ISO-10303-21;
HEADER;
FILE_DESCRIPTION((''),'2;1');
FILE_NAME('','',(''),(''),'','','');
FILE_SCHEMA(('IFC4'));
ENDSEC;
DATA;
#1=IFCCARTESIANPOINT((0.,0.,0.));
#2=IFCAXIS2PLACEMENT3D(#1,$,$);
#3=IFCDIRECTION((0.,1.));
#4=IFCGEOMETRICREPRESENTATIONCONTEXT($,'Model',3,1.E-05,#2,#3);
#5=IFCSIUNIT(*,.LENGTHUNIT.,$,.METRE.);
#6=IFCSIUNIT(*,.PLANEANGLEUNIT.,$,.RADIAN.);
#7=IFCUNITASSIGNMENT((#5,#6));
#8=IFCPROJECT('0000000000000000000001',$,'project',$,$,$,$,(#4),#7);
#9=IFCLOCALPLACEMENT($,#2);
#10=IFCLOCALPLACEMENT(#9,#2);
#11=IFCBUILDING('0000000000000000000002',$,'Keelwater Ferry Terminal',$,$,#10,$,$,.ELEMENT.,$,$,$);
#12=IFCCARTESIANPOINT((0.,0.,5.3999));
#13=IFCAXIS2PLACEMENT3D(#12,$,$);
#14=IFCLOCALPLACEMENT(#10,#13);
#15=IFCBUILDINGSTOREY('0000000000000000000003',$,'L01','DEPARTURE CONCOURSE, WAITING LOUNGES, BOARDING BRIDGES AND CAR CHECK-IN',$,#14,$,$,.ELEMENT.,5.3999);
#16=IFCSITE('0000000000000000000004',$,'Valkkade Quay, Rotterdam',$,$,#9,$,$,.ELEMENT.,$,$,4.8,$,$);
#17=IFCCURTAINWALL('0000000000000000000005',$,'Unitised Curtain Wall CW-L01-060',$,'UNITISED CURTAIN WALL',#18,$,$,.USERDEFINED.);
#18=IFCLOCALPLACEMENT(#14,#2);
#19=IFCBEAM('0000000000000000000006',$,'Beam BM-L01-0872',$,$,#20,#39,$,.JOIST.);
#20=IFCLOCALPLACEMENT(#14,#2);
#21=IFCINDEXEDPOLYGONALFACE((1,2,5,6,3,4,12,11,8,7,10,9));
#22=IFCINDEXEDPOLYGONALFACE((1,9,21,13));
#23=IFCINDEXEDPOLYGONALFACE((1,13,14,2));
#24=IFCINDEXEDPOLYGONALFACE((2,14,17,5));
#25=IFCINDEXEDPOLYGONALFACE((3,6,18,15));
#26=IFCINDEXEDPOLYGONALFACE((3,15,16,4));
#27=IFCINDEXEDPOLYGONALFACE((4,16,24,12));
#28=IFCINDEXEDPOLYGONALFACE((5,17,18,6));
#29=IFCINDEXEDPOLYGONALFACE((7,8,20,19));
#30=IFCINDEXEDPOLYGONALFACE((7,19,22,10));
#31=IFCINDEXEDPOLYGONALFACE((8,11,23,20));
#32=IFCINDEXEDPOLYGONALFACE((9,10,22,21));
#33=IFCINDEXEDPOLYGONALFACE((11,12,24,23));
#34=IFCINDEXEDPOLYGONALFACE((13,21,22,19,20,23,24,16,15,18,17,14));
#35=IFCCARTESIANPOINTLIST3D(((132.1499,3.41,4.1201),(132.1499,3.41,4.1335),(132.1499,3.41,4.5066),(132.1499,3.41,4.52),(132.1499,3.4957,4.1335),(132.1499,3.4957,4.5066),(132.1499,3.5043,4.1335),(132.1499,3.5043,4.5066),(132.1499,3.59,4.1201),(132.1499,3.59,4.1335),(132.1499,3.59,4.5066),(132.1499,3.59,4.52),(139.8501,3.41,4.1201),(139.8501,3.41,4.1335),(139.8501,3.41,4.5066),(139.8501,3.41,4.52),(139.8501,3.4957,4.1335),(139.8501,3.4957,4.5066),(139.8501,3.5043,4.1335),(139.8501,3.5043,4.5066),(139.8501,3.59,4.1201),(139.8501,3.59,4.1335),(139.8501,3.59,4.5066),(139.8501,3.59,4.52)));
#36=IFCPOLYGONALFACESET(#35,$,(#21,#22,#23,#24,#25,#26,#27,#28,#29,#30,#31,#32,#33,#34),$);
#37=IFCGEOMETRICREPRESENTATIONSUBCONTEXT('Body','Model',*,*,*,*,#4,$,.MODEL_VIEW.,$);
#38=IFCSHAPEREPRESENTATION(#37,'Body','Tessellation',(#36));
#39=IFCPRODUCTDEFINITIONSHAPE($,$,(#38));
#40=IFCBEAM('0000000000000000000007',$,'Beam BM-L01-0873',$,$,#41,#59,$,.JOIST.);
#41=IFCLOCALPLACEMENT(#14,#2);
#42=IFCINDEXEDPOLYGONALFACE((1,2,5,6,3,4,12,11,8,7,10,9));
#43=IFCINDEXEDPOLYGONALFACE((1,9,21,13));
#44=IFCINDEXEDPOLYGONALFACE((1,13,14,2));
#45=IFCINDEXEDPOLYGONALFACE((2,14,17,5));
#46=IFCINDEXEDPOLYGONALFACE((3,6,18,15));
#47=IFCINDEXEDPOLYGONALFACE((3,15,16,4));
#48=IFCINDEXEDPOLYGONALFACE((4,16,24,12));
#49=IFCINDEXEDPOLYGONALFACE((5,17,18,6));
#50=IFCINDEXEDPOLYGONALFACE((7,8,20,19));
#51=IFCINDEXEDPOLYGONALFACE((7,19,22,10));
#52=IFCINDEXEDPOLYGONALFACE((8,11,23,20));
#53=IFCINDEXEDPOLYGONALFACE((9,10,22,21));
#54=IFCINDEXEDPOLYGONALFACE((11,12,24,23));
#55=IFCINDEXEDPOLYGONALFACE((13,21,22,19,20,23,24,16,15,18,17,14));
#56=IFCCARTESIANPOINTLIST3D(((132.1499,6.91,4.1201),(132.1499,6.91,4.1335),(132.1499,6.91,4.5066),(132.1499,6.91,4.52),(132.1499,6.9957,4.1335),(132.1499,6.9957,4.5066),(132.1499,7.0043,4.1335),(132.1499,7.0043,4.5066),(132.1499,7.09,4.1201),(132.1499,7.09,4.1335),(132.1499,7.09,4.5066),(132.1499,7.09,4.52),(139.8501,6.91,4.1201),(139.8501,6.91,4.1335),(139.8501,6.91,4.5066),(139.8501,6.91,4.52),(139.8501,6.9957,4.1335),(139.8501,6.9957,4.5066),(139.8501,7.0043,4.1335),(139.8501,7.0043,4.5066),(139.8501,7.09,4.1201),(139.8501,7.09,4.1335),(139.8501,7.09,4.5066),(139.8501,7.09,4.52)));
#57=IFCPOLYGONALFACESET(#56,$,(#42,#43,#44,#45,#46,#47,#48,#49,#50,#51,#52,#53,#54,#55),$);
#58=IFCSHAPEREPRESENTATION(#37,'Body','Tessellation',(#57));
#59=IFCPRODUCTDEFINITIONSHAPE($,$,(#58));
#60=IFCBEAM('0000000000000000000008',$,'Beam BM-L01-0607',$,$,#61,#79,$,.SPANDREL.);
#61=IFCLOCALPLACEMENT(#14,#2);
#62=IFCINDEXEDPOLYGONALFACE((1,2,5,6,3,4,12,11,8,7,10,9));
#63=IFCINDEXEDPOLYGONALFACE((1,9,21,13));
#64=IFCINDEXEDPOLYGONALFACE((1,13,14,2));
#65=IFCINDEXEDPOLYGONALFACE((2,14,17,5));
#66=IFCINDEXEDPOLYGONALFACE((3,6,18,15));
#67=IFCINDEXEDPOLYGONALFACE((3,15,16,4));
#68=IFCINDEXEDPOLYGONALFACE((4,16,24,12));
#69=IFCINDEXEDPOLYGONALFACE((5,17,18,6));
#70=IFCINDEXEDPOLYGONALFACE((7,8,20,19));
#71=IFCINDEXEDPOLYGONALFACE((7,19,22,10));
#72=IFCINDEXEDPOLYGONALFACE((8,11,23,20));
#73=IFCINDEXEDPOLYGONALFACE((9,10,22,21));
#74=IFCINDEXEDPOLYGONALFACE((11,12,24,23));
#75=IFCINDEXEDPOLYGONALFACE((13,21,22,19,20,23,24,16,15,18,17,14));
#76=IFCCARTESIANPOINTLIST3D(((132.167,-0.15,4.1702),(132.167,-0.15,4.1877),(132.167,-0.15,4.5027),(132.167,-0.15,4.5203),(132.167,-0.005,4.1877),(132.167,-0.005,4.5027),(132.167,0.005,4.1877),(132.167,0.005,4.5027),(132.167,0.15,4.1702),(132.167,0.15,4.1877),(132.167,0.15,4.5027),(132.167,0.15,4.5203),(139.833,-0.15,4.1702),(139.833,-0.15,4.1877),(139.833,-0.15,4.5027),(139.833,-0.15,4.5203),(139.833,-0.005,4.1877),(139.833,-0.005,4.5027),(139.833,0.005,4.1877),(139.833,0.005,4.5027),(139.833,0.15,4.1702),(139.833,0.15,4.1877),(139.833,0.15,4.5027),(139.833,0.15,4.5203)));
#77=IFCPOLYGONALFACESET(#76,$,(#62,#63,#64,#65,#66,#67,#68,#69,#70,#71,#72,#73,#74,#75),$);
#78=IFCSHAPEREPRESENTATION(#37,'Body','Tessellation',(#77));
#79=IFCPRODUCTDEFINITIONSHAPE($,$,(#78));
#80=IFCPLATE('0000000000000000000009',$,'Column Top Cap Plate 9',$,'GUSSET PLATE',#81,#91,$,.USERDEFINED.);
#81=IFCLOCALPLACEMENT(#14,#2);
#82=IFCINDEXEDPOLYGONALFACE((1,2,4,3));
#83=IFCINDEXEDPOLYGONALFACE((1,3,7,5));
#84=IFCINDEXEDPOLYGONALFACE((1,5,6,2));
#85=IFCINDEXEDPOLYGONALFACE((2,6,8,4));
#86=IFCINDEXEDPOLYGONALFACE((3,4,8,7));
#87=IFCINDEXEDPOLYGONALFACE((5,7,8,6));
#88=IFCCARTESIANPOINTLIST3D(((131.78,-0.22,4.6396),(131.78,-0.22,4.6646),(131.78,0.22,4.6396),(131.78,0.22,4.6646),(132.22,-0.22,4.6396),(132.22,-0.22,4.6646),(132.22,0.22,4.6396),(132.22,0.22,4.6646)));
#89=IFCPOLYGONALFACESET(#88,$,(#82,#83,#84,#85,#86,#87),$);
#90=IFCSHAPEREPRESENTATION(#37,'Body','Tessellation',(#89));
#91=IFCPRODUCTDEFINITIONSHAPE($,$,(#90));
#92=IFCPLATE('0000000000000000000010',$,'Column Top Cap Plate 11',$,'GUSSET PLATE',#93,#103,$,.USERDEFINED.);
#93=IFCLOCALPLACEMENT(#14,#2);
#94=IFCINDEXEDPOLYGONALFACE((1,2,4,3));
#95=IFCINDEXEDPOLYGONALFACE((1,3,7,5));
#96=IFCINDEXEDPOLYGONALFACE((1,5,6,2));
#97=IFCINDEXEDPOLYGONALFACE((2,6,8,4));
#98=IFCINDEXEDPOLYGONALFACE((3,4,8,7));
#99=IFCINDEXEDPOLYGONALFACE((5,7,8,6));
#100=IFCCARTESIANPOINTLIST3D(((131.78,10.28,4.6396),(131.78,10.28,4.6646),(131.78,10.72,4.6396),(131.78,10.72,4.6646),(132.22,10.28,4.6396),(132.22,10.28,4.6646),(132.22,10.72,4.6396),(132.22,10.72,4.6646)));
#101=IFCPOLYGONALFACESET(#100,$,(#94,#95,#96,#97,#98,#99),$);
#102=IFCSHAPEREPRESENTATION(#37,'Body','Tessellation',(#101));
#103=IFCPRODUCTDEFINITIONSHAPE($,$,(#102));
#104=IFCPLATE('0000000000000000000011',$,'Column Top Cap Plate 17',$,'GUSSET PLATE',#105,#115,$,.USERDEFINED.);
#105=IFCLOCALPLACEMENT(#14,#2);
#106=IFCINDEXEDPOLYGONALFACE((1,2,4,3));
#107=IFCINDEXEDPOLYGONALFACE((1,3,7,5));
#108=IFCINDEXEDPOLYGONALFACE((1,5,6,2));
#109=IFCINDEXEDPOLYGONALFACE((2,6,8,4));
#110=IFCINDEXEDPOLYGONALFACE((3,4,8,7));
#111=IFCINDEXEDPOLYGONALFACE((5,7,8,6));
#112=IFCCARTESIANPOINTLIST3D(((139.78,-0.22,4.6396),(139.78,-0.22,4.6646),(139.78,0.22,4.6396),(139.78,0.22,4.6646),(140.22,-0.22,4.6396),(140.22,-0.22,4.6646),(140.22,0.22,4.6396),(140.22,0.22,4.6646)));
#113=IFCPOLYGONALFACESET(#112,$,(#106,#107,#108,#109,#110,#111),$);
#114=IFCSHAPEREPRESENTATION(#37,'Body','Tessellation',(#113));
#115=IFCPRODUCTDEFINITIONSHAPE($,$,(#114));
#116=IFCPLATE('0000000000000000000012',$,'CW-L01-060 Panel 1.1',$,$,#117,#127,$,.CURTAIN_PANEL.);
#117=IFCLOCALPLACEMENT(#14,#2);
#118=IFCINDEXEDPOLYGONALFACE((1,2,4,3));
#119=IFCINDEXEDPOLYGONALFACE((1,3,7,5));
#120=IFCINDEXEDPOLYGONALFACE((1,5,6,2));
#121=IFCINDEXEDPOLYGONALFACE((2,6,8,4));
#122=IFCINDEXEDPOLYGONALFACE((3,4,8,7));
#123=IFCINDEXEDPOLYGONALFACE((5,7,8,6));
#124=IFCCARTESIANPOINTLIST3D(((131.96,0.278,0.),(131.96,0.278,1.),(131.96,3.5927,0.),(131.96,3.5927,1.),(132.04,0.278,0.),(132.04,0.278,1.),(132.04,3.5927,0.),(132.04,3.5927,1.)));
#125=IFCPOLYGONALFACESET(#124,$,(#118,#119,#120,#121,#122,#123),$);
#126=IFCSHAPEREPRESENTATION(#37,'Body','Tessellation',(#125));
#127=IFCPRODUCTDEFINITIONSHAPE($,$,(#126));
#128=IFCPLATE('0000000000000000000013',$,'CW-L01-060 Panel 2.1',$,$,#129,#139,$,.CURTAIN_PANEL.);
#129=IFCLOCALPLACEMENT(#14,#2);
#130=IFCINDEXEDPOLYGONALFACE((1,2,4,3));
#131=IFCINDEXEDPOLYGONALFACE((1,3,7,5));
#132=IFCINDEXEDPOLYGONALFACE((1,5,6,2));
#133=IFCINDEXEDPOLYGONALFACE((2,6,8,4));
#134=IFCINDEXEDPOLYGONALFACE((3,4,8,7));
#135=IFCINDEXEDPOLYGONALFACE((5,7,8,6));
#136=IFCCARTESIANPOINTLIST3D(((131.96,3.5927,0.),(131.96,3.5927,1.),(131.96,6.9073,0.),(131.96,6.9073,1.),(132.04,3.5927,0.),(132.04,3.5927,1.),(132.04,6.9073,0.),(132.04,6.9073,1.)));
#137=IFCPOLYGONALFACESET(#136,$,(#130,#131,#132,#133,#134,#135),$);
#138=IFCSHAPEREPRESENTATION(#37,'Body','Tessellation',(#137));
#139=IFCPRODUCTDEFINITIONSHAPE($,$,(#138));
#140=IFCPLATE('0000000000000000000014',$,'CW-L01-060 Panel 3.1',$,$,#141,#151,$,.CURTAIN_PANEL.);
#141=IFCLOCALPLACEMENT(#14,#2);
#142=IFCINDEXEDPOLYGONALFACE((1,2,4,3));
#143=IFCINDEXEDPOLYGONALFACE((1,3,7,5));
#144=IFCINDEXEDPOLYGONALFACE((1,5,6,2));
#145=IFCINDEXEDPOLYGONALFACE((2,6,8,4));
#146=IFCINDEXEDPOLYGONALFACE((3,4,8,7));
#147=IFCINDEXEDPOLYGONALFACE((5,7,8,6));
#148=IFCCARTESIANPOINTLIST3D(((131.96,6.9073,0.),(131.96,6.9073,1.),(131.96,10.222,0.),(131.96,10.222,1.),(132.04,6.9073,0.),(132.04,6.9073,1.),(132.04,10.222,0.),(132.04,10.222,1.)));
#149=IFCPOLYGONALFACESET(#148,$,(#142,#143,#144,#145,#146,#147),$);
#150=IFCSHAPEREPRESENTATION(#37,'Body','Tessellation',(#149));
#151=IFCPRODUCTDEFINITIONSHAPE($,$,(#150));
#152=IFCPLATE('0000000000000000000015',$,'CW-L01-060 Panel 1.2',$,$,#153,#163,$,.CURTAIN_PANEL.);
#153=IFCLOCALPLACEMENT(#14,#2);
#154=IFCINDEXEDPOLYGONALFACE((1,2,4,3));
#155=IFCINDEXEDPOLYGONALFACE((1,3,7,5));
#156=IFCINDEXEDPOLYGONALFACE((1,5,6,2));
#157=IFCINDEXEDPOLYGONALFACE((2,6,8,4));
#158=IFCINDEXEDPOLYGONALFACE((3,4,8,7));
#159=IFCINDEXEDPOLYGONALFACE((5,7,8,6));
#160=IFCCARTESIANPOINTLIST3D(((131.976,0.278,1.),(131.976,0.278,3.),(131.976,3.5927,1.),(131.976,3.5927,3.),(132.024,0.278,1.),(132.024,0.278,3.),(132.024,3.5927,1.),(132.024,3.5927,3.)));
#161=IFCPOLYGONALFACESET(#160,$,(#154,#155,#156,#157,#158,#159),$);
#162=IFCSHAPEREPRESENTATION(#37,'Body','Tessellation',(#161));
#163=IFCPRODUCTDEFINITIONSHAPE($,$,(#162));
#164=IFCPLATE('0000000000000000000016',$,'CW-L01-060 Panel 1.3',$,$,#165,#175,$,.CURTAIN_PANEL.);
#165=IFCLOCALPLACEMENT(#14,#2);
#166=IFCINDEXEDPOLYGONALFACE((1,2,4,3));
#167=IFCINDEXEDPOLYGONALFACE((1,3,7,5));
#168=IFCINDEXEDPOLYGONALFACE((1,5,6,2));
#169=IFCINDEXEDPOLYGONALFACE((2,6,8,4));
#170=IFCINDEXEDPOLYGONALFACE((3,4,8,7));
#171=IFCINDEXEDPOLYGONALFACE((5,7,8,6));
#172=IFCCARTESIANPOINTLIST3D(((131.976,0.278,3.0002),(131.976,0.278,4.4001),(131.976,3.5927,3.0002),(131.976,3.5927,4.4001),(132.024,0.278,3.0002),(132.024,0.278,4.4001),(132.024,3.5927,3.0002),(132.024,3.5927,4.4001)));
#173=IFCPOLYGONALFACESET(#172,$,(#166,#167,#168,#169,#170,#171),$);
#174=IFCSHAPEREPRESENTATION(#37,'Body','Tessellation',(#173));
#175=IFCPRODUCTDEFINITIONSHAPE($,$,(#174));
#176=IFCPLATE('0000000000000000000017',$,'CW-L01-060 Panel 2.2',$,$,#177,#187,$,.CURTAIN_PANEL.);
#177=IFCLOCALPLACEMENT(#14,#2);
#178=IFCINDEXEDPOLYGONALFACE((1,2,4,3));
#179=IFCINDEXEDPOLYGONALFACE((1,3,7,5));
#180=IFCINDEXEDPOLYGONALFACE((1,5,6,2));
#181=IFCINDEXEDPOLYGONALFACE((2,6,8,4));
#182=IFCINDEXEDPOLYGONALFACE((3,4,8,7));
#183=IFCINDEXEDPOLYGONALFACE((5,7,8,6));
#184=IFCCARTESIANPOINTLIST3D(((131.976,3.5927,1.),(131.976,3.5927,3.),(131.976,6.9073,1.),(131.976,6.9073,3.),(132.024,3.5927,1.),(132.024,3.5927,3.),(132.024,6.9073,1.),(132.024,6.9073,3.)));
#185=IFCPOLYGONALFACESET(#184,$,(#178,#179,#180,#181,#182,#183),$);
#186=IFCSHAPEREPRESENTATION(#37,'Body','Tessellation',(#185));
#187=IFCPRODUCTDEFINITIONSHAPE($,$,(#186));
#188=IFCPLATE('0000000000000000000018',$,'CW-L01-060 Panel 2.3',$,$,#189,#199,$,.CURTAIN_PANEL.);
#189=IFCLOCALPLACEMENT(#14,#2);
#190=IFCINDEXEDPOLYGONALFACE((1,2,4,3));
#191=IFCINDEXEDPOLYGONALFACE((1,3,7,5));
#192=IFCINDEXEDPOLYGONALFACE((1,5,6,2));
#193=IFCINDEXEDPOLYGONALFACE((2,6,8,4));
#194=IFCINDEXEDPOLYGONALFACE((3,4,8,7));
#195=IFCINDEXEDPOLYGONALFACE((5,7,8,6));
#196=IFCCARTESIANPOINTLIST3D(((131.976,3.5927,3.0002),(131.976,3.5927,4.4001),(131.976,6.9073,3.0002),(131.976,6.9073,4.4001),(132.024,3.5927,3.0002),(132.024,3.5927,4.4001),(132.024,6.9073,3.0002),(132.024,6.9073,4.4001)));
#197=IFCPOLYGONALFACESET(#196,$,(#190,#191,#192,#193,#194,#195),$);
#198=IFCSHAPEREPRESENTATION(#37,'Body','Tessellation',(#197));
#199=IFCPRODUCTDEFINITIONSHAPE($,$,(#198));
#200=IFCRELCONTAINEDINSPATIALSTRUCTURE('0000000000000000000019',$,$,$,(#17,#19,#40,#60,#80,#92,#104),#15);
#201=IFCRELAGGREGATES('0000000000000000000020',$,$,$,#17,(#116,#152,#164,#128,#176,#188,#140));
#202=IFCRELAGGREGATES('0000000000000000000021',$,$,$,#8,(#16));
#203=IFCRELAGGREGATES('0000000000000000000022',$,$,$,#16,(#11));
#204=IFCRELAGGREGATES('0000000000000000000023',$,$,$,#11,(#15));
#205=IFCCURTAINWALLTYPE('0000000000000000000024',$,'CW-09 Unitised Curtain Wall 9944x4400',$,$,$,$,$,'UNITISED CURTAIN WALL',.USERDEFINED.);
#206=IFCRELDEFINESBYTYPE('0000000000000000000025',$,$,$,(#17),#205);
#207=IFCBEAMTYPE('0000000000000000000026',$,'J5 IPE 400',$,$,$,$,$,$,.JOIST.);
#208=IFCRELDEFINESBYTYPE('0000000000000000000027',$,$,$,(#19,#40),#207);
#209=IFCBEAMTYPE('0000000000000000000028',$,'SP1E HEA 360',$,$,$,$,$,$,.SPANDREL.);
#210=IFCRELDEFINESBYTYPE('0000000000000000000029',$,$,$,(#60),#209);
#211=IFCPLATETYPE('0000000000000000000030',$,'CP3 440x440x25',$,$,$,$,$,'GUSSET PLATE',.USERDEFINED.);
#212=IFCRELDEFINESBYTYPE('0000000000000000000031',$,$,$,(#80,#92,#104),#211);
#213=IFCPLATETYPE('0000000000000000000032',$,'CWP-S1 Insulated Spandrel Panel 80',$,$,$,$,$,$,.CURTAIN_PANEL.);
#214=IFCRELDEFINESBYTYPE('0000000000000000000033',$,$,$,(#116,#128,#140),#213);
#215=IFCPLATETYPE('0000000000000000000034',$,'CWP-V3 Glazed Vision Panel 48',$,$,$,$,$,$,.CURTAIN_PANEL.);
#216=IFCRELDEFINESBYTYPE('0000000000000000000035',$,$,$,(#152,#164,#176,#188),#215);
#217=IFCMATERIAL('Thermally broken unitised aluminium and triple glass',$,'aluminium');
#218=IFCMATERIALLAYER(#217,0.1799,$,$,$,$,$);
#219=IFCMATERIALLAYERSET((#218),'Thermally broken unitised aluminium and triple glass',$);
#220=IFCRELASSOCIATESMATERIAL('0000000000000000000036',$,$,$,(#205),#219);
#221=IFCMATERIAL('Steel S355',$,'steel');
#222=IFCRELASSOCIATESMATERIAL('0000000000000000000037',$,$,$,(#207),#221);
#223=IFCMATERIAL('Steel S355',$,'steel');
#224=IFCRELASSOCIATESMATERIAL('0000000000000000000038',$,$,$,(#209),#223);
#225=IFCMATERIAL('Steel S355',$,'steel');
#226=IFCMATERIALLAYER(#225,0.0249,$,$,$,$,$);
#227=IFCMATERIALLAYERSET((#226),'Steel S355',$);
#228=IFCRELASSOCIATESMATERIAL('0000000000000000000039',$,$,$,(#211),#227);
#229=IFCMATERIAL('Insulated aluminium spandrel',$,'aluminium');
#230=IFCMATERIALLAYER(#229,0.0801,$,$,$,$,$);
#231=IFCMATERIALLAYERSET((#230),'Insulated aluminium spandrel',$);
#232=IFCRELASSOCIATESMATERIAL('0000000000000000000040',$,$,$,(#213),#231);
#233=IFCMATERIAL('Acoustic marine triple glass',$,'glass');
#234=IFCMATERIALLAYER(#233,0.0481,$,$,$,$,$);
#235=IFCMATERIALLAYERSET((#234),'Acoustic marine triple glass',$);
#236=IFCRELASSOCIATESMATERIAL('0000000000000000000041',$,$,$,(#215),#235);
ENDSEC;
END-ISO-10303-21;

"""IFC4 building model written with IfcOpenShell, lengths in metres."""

from ifc_helpers import new_model, si_unit, direction, frame, origin, origin_2d, place, context, subcontext, project, spatial, rectangle, i_section, extrude, material, layer, layer_set, material_profile, profile_set, type_object, element, aggregate, save


model = new_model("IFC4")

# Units and contexts
model_context = context("Model", 3, precision=1e-05, world=origin(), true_north=direction((0.0, 1.0)))
body_context = subcontext(model_context, "Body", "Model", "MODEL_VIEW")
ifc_project = project(units=[si_unit("LENGTHUNIT", "METRE"), si_unit("PLANEANGLEUNIT", "RADIAN")], contexts=[model_context])

# Site, building, storey
site_placement = place(None, origin())
site = spatial("IfcSite", under=ifc_project, at=site_placement, Name="Valkkade Quay, Rotterdam", CompositionType="ELEMENT", RefElevation=4.8)
building_placement = place(site_placement, origin())
building = spatial("IfcBuilding", under=site, at=building_placement, Name="Keelwater Ferry Terminal", CompositionType="ELEMENT")
storey_placement = place(building_placement, frame((0.0, 0.0, 5.3999)))
storey = spatial("IfcBuildingStorey", under=building, at=storey_placement, Name="L01", Description="DEPARTURE CONCOURSE, WAITING LOUNGES, BOARDING BRIDGES AND CAR CHECK-IN", CompositionType="ELEMENT", Elevation=5.3999)

# Curtain wall
ifc_material_1 = material(Name="Thermally broken unitised aluminium and triple glass", Category="aluminium")
ifc_layer_1 = layer(ifc_material_1, 0.1799)
ifc_layer_set_1 = layer_set([ifc_layer_1], Name="Thermally broken unitised aluminium and triple glass")
curtain_wall_type = type_object("IfcCurtainWallType", Name="CW-09 Unitised Curtain Wall 9944x4400", ElementType="UNITISED CURTAIN WALL", PredefinedType="USERDEFINED", material=ifc_layer_set_1)
curtain_wall_placement = place(storey_placement, origin())
curtain_wall = element("IfcCurtainWall", 1, at=curtain_wall_placement, inside=storey, type_object=curtain_wall_type, Name="Unitised Curtain Wall CW-L01-060", ObjectType="UNITISED CURTAIN WALL", PredefinedType="USERDEFINED")

# Beams
ifc_material_2 = material(Name="Steel S355", Category="steel")
ifc_material_profile_1 = material_profile(ifc_material_2, i_section(OverallWidth=0.1799, OverallDepth=0.3999, WebThickness=0.0085, FlangeThickness=0.0134, at=origin_2d()), Name="IPE 400")
ifc_profile_set_1 = profile_set([ifc_material_profile_1], Name="Steel S355")
beam_type_1 = type_object("IfcBeamType", Name="J5 IPE 400", PredefinedType="JOIST", material=ifc_profile_set_1)
for number, where, z_axis, x_axis, name in (
    (2, (132.1499, 3.5, 4.3201), (1.0, 0.0, 0.0), (0.0, 1.0, 0.0), "Beam BM-L01-0872"),
    (3, (132.1499, 7.0, 4.3201), (1.0, 0.0, 0.0), (0.0, 1.0, 0.0), "Beam BM-L01-0873"),
):
    element("IfcBeam", number, at=place(storey_placement, frame(where, z_axis=z_axis, x_axis=x_axis)), inside=storey, type_object=beam_type_1, Name=name, PredefinedType="JOIST", context=body_context, shape_type="SweptSolid", body=[
        extrude(i_section(OverallWidth=0.1799, OverallDepth=0.3999, WebThickness=0.0085, FlangeThickness=0.0134, at=origin_2d()), origin(), (0.0, 0.0, 1.0), 7.7002),
    ])
ifc_material_3 = material(Name="Steel S355", Category="steel")
ifc_material_profile_2 = material_profile(ifc_material_3, i_section(OverallWidth=0.3, OverallDepth=0.3501, WebThickness=0.01, FlangeThickness=0.0176, at=origin_2d()), Name="HEA 360")
ifc_profile_set_2 = profile_set([ifc_material_profile_2], Name="Steel S355")
beam_type_2 = type_object("IfcBeamType", Name="SP1E HEA 360", PredefinedType="SPANDREL", material=ifc_profile_set_2)
beam_1_placement = place(storey_placement, frame((132.167, 0.0, 4.3452), z_axis=(1.0, 0.0, 0.0), x_axis=(0.0, 1.0, 0.0)))
element("IfcBeam", 4, at=beam_1_placement, inside=storey, type_object=beam_type_2, Name="Beam BM-L01-0607", PredefinedType="SPANDREL", context=body_context, shape_type="SweptSolid", body=[
    extrude(i_section(OverallWidth=0.3, OverallDepth=0.3501, WebThickness=0.01, FlangeThickness=0.0176, at=origin_2d()), origin(), (0.0, 0.0, 1.0), 7.666),
])

# Plates
ifc_material_4 = material(Name="Steel S355", Category="steel")
ifc_layer_2 = layer(ifc_material_4, 0.0249)
ifc_layer_set_2 = layer_set([ifc_layer_2], Name="Steel S355")
plate_type_1 = type_object("IfcPlateType", Name="CP3 440x440x25", ElementType="GUSSET PLATE", PredefinedType="USERDEFINED", material=ifc_layer_set_2)
for number, where, z_axis, x_axis, name in (
    (5, (132.0, 0.0, 4.6396), (0.0, 0.0, 1.0), (1.0, 0.0, 0.0), "Column Top Cap Plate 9"),
    (6, (132.0, 10.5, 4.6396), (0.0, 0.0, 1.0), (1.0, 0.0, 0.0), "Column Top Cap Plate 11"),
    (7, (140.0, 0.0, 4.6396), (0.0, 0.0, 1.0), (1.0, 0.0, 0.0), "Column Top Cap Plate 17"),
):
    element("IfcPlate", number, at=place(storey_placement, frame(where, z_axis=z_axis, x_axis=x_axis)), inside=storey, type_object=plate_type_1, Name=name, ObjectType="GUSSET PLATE", PredefinedType="USERDEFINED", context=body_context, shape_type="SweptSolid", body=[
        extrude(rectangle(XDim=0.4399, YDim=0.4399, at=origin_2d()), origin(), (0.0, 0.0, 1.0), 0.0249),
    ])

# Plates
ifc_material_5 = material(Name="Insulated aluminium spandrel", Category="aluminium")
ifc_layer_3 = layer(ifc_material_5, 0.0801)
ifc_layer_set_3 = layer_set([ifc_layer_3], Name="Insulated aluminium spandrel")
plate_type_2 = type_object("IfcPlateType", Name="CWP-S1 Insulated Spandrel Panel 80", PredefinedType="CURTAIN_PANEL", material=ifc_layer_set_3)
plate_1_placement = place(storey_placement, frame((132.0, 1.9353, 0.0), z_axis=(0.0, 0.0, 1.0), x_axis=(0.0, 1.0, 0.0)))
plate_1 = element("IfcPlate", 8, at=plate_1_placement, type_object=plate_type_2, Name="CW-L01-060 Panel 1.1", PredefinedType="CURTAIN_PANEL", context=body_context, shape_type="SweptSolid", body=[
    extrude(rectangle(XDim=3.3147, YDim=0.0801, at=origin_2d()), origin(), (0.0, 0.0, 1.0), 1.0),
])
plate_2_placement = place(storey_placement, frame((132.0, 5.25, 0.0), z_axis=(0.0, 0.0, 1.0), x_axis=(0.0, 1.0, 0.0)))
plate_2 = element("IfcPlate", 9, at=plate_2_placement, type_object=plate_type_2, Name="CW-L01-060 Panel 2.1", PredefinedType="CURTAIN_PANEL", context=body_context, shape_type="SweptSolid", body=[
    extrude(rectangle(XDim=3.3147, YDim=0.0801, at=origin_2d()), origin(), (0.0, 0.0, 1.0), 1.0),
])
plate_3_placement = place(storey_placement, frame((132.0, 8.5647, 0.0), z_axis=(0.0, 0.0, 1.0), x_axis=(0.0, 1.0, 0.0)))
plate_3 = element("IfcPlate", 10, at=plate_3_placement, type_object=plate_type_2, Name="CW-L01-060 Panel 3.1", PredefinedType="CURTAIN_PANEL", context=body_context, shape_type="SweptSolid", body=[
    extrude(rectangle(XDim=3.3147, YDim=0.0801, at=origin_2d()), origin(), (0.0, 0.0, 1.0), 1.0),
])
ifc_material_6 = material(Name="Acoustic marine triple glass", Category="glass")
ifc_layer_4 = layer(ifc_material_6, 0.0481)
ifc_layer_set_4 = layer_set([ifc_layer_4], Name="Acoustic marine triple glass")
plate_type_3 = type_object("IfcPlateType", Name="CWP-V3 Glazed Vision Panel 48", PredefinedType="CURTAIN_PANEL", material=ifc_layer_set_4)
plate_4_placement = place(storey_placement, frame((132.0, 1.9353, 1.0), z_axis=(0.0, 0.0, 1.0), x_axis=(0.0, 1.0, 0.0)))
plate_4 = element("IfcPlate", 11, at=plate_4_placement, type_object=plate_type_3, Name="CW-L01-060 Panel 1.2", PredefinedType="CURTAIN_PANEL", context=body_context, shape_type="SweptSolid", body=[
    extrude(rectangle(XDim=3.3147, YDim=0.0481, at=origin_2d()), origin(), (0.0, 0.0, 1.0), 2.0),
])
plate_5_placement = place(storey_placement, frame((132.0, 1.9353, 3.0002), z_axis=(0.0, 0.0, 1.0), x_axis=(0.0, 1.0, 0.0)))
plate_5 = element("IfcPlate", 12, at=plate_5_placement, type_object=plate_type_3, Name="CW-L01-060 Panel 1.3", PredefinedType="CURTAIN_PANEL", context=body_context, shape_type="SweptSolid", body=[
    extrude(rectangle(XDim=3.3147, YDim=0.0481, at=origin_2d()), origin(), (0.0, 0.0, 1.0), 1.3999),
])
plate_6_placement = place(storey_placement, frame((132.0, 5.25, 1.0), z_axis=(0.0, 0.0, 1.0), x_axis=(0.0, 1.0, 0.0)))
plate_6 = element("IfcPlate", 13, at=plate_6_placement, type_object=plate_type_3, Name="CW-L01-060 Panel 2.2", PredefinedType="CURTAIN_PANEL", context=body_context, shape_type="SweptSolid", body=[
    extrude(rectangle(XDim=3.3147, YDim=0.0481, at=origin_2d()), origin(), (0.0, 0.0, 1.0), 2.0),
])
plate_7_placement = place(storey_placement, frame((132.0, 5.25, 3.0002), z_axis=(0.0, 0.0, 1.0), x_axis=(0.0, 1.0, 0.0)))
plate_7 = element("IfcPlate", 14, at=plate_7_placement, type_object=plate_type_3, Name="CW-L01-060 Panel 2.3", PredefinedType="CURTAIN_PANEL", context=body_context, shape_type="SweptSolid", body=[
    extrude(rectangle(XDim=3.3147, YDim=0.0481, at=origin_2d()), origin(), (0.0, 0.0, 1.0), 1.3999),
])
aggregate(curtain_wall, [plate_1, plate_4, plate_5, plate_2, plate_6, plate_7, plate_3])

save(model, "model.ifc")
